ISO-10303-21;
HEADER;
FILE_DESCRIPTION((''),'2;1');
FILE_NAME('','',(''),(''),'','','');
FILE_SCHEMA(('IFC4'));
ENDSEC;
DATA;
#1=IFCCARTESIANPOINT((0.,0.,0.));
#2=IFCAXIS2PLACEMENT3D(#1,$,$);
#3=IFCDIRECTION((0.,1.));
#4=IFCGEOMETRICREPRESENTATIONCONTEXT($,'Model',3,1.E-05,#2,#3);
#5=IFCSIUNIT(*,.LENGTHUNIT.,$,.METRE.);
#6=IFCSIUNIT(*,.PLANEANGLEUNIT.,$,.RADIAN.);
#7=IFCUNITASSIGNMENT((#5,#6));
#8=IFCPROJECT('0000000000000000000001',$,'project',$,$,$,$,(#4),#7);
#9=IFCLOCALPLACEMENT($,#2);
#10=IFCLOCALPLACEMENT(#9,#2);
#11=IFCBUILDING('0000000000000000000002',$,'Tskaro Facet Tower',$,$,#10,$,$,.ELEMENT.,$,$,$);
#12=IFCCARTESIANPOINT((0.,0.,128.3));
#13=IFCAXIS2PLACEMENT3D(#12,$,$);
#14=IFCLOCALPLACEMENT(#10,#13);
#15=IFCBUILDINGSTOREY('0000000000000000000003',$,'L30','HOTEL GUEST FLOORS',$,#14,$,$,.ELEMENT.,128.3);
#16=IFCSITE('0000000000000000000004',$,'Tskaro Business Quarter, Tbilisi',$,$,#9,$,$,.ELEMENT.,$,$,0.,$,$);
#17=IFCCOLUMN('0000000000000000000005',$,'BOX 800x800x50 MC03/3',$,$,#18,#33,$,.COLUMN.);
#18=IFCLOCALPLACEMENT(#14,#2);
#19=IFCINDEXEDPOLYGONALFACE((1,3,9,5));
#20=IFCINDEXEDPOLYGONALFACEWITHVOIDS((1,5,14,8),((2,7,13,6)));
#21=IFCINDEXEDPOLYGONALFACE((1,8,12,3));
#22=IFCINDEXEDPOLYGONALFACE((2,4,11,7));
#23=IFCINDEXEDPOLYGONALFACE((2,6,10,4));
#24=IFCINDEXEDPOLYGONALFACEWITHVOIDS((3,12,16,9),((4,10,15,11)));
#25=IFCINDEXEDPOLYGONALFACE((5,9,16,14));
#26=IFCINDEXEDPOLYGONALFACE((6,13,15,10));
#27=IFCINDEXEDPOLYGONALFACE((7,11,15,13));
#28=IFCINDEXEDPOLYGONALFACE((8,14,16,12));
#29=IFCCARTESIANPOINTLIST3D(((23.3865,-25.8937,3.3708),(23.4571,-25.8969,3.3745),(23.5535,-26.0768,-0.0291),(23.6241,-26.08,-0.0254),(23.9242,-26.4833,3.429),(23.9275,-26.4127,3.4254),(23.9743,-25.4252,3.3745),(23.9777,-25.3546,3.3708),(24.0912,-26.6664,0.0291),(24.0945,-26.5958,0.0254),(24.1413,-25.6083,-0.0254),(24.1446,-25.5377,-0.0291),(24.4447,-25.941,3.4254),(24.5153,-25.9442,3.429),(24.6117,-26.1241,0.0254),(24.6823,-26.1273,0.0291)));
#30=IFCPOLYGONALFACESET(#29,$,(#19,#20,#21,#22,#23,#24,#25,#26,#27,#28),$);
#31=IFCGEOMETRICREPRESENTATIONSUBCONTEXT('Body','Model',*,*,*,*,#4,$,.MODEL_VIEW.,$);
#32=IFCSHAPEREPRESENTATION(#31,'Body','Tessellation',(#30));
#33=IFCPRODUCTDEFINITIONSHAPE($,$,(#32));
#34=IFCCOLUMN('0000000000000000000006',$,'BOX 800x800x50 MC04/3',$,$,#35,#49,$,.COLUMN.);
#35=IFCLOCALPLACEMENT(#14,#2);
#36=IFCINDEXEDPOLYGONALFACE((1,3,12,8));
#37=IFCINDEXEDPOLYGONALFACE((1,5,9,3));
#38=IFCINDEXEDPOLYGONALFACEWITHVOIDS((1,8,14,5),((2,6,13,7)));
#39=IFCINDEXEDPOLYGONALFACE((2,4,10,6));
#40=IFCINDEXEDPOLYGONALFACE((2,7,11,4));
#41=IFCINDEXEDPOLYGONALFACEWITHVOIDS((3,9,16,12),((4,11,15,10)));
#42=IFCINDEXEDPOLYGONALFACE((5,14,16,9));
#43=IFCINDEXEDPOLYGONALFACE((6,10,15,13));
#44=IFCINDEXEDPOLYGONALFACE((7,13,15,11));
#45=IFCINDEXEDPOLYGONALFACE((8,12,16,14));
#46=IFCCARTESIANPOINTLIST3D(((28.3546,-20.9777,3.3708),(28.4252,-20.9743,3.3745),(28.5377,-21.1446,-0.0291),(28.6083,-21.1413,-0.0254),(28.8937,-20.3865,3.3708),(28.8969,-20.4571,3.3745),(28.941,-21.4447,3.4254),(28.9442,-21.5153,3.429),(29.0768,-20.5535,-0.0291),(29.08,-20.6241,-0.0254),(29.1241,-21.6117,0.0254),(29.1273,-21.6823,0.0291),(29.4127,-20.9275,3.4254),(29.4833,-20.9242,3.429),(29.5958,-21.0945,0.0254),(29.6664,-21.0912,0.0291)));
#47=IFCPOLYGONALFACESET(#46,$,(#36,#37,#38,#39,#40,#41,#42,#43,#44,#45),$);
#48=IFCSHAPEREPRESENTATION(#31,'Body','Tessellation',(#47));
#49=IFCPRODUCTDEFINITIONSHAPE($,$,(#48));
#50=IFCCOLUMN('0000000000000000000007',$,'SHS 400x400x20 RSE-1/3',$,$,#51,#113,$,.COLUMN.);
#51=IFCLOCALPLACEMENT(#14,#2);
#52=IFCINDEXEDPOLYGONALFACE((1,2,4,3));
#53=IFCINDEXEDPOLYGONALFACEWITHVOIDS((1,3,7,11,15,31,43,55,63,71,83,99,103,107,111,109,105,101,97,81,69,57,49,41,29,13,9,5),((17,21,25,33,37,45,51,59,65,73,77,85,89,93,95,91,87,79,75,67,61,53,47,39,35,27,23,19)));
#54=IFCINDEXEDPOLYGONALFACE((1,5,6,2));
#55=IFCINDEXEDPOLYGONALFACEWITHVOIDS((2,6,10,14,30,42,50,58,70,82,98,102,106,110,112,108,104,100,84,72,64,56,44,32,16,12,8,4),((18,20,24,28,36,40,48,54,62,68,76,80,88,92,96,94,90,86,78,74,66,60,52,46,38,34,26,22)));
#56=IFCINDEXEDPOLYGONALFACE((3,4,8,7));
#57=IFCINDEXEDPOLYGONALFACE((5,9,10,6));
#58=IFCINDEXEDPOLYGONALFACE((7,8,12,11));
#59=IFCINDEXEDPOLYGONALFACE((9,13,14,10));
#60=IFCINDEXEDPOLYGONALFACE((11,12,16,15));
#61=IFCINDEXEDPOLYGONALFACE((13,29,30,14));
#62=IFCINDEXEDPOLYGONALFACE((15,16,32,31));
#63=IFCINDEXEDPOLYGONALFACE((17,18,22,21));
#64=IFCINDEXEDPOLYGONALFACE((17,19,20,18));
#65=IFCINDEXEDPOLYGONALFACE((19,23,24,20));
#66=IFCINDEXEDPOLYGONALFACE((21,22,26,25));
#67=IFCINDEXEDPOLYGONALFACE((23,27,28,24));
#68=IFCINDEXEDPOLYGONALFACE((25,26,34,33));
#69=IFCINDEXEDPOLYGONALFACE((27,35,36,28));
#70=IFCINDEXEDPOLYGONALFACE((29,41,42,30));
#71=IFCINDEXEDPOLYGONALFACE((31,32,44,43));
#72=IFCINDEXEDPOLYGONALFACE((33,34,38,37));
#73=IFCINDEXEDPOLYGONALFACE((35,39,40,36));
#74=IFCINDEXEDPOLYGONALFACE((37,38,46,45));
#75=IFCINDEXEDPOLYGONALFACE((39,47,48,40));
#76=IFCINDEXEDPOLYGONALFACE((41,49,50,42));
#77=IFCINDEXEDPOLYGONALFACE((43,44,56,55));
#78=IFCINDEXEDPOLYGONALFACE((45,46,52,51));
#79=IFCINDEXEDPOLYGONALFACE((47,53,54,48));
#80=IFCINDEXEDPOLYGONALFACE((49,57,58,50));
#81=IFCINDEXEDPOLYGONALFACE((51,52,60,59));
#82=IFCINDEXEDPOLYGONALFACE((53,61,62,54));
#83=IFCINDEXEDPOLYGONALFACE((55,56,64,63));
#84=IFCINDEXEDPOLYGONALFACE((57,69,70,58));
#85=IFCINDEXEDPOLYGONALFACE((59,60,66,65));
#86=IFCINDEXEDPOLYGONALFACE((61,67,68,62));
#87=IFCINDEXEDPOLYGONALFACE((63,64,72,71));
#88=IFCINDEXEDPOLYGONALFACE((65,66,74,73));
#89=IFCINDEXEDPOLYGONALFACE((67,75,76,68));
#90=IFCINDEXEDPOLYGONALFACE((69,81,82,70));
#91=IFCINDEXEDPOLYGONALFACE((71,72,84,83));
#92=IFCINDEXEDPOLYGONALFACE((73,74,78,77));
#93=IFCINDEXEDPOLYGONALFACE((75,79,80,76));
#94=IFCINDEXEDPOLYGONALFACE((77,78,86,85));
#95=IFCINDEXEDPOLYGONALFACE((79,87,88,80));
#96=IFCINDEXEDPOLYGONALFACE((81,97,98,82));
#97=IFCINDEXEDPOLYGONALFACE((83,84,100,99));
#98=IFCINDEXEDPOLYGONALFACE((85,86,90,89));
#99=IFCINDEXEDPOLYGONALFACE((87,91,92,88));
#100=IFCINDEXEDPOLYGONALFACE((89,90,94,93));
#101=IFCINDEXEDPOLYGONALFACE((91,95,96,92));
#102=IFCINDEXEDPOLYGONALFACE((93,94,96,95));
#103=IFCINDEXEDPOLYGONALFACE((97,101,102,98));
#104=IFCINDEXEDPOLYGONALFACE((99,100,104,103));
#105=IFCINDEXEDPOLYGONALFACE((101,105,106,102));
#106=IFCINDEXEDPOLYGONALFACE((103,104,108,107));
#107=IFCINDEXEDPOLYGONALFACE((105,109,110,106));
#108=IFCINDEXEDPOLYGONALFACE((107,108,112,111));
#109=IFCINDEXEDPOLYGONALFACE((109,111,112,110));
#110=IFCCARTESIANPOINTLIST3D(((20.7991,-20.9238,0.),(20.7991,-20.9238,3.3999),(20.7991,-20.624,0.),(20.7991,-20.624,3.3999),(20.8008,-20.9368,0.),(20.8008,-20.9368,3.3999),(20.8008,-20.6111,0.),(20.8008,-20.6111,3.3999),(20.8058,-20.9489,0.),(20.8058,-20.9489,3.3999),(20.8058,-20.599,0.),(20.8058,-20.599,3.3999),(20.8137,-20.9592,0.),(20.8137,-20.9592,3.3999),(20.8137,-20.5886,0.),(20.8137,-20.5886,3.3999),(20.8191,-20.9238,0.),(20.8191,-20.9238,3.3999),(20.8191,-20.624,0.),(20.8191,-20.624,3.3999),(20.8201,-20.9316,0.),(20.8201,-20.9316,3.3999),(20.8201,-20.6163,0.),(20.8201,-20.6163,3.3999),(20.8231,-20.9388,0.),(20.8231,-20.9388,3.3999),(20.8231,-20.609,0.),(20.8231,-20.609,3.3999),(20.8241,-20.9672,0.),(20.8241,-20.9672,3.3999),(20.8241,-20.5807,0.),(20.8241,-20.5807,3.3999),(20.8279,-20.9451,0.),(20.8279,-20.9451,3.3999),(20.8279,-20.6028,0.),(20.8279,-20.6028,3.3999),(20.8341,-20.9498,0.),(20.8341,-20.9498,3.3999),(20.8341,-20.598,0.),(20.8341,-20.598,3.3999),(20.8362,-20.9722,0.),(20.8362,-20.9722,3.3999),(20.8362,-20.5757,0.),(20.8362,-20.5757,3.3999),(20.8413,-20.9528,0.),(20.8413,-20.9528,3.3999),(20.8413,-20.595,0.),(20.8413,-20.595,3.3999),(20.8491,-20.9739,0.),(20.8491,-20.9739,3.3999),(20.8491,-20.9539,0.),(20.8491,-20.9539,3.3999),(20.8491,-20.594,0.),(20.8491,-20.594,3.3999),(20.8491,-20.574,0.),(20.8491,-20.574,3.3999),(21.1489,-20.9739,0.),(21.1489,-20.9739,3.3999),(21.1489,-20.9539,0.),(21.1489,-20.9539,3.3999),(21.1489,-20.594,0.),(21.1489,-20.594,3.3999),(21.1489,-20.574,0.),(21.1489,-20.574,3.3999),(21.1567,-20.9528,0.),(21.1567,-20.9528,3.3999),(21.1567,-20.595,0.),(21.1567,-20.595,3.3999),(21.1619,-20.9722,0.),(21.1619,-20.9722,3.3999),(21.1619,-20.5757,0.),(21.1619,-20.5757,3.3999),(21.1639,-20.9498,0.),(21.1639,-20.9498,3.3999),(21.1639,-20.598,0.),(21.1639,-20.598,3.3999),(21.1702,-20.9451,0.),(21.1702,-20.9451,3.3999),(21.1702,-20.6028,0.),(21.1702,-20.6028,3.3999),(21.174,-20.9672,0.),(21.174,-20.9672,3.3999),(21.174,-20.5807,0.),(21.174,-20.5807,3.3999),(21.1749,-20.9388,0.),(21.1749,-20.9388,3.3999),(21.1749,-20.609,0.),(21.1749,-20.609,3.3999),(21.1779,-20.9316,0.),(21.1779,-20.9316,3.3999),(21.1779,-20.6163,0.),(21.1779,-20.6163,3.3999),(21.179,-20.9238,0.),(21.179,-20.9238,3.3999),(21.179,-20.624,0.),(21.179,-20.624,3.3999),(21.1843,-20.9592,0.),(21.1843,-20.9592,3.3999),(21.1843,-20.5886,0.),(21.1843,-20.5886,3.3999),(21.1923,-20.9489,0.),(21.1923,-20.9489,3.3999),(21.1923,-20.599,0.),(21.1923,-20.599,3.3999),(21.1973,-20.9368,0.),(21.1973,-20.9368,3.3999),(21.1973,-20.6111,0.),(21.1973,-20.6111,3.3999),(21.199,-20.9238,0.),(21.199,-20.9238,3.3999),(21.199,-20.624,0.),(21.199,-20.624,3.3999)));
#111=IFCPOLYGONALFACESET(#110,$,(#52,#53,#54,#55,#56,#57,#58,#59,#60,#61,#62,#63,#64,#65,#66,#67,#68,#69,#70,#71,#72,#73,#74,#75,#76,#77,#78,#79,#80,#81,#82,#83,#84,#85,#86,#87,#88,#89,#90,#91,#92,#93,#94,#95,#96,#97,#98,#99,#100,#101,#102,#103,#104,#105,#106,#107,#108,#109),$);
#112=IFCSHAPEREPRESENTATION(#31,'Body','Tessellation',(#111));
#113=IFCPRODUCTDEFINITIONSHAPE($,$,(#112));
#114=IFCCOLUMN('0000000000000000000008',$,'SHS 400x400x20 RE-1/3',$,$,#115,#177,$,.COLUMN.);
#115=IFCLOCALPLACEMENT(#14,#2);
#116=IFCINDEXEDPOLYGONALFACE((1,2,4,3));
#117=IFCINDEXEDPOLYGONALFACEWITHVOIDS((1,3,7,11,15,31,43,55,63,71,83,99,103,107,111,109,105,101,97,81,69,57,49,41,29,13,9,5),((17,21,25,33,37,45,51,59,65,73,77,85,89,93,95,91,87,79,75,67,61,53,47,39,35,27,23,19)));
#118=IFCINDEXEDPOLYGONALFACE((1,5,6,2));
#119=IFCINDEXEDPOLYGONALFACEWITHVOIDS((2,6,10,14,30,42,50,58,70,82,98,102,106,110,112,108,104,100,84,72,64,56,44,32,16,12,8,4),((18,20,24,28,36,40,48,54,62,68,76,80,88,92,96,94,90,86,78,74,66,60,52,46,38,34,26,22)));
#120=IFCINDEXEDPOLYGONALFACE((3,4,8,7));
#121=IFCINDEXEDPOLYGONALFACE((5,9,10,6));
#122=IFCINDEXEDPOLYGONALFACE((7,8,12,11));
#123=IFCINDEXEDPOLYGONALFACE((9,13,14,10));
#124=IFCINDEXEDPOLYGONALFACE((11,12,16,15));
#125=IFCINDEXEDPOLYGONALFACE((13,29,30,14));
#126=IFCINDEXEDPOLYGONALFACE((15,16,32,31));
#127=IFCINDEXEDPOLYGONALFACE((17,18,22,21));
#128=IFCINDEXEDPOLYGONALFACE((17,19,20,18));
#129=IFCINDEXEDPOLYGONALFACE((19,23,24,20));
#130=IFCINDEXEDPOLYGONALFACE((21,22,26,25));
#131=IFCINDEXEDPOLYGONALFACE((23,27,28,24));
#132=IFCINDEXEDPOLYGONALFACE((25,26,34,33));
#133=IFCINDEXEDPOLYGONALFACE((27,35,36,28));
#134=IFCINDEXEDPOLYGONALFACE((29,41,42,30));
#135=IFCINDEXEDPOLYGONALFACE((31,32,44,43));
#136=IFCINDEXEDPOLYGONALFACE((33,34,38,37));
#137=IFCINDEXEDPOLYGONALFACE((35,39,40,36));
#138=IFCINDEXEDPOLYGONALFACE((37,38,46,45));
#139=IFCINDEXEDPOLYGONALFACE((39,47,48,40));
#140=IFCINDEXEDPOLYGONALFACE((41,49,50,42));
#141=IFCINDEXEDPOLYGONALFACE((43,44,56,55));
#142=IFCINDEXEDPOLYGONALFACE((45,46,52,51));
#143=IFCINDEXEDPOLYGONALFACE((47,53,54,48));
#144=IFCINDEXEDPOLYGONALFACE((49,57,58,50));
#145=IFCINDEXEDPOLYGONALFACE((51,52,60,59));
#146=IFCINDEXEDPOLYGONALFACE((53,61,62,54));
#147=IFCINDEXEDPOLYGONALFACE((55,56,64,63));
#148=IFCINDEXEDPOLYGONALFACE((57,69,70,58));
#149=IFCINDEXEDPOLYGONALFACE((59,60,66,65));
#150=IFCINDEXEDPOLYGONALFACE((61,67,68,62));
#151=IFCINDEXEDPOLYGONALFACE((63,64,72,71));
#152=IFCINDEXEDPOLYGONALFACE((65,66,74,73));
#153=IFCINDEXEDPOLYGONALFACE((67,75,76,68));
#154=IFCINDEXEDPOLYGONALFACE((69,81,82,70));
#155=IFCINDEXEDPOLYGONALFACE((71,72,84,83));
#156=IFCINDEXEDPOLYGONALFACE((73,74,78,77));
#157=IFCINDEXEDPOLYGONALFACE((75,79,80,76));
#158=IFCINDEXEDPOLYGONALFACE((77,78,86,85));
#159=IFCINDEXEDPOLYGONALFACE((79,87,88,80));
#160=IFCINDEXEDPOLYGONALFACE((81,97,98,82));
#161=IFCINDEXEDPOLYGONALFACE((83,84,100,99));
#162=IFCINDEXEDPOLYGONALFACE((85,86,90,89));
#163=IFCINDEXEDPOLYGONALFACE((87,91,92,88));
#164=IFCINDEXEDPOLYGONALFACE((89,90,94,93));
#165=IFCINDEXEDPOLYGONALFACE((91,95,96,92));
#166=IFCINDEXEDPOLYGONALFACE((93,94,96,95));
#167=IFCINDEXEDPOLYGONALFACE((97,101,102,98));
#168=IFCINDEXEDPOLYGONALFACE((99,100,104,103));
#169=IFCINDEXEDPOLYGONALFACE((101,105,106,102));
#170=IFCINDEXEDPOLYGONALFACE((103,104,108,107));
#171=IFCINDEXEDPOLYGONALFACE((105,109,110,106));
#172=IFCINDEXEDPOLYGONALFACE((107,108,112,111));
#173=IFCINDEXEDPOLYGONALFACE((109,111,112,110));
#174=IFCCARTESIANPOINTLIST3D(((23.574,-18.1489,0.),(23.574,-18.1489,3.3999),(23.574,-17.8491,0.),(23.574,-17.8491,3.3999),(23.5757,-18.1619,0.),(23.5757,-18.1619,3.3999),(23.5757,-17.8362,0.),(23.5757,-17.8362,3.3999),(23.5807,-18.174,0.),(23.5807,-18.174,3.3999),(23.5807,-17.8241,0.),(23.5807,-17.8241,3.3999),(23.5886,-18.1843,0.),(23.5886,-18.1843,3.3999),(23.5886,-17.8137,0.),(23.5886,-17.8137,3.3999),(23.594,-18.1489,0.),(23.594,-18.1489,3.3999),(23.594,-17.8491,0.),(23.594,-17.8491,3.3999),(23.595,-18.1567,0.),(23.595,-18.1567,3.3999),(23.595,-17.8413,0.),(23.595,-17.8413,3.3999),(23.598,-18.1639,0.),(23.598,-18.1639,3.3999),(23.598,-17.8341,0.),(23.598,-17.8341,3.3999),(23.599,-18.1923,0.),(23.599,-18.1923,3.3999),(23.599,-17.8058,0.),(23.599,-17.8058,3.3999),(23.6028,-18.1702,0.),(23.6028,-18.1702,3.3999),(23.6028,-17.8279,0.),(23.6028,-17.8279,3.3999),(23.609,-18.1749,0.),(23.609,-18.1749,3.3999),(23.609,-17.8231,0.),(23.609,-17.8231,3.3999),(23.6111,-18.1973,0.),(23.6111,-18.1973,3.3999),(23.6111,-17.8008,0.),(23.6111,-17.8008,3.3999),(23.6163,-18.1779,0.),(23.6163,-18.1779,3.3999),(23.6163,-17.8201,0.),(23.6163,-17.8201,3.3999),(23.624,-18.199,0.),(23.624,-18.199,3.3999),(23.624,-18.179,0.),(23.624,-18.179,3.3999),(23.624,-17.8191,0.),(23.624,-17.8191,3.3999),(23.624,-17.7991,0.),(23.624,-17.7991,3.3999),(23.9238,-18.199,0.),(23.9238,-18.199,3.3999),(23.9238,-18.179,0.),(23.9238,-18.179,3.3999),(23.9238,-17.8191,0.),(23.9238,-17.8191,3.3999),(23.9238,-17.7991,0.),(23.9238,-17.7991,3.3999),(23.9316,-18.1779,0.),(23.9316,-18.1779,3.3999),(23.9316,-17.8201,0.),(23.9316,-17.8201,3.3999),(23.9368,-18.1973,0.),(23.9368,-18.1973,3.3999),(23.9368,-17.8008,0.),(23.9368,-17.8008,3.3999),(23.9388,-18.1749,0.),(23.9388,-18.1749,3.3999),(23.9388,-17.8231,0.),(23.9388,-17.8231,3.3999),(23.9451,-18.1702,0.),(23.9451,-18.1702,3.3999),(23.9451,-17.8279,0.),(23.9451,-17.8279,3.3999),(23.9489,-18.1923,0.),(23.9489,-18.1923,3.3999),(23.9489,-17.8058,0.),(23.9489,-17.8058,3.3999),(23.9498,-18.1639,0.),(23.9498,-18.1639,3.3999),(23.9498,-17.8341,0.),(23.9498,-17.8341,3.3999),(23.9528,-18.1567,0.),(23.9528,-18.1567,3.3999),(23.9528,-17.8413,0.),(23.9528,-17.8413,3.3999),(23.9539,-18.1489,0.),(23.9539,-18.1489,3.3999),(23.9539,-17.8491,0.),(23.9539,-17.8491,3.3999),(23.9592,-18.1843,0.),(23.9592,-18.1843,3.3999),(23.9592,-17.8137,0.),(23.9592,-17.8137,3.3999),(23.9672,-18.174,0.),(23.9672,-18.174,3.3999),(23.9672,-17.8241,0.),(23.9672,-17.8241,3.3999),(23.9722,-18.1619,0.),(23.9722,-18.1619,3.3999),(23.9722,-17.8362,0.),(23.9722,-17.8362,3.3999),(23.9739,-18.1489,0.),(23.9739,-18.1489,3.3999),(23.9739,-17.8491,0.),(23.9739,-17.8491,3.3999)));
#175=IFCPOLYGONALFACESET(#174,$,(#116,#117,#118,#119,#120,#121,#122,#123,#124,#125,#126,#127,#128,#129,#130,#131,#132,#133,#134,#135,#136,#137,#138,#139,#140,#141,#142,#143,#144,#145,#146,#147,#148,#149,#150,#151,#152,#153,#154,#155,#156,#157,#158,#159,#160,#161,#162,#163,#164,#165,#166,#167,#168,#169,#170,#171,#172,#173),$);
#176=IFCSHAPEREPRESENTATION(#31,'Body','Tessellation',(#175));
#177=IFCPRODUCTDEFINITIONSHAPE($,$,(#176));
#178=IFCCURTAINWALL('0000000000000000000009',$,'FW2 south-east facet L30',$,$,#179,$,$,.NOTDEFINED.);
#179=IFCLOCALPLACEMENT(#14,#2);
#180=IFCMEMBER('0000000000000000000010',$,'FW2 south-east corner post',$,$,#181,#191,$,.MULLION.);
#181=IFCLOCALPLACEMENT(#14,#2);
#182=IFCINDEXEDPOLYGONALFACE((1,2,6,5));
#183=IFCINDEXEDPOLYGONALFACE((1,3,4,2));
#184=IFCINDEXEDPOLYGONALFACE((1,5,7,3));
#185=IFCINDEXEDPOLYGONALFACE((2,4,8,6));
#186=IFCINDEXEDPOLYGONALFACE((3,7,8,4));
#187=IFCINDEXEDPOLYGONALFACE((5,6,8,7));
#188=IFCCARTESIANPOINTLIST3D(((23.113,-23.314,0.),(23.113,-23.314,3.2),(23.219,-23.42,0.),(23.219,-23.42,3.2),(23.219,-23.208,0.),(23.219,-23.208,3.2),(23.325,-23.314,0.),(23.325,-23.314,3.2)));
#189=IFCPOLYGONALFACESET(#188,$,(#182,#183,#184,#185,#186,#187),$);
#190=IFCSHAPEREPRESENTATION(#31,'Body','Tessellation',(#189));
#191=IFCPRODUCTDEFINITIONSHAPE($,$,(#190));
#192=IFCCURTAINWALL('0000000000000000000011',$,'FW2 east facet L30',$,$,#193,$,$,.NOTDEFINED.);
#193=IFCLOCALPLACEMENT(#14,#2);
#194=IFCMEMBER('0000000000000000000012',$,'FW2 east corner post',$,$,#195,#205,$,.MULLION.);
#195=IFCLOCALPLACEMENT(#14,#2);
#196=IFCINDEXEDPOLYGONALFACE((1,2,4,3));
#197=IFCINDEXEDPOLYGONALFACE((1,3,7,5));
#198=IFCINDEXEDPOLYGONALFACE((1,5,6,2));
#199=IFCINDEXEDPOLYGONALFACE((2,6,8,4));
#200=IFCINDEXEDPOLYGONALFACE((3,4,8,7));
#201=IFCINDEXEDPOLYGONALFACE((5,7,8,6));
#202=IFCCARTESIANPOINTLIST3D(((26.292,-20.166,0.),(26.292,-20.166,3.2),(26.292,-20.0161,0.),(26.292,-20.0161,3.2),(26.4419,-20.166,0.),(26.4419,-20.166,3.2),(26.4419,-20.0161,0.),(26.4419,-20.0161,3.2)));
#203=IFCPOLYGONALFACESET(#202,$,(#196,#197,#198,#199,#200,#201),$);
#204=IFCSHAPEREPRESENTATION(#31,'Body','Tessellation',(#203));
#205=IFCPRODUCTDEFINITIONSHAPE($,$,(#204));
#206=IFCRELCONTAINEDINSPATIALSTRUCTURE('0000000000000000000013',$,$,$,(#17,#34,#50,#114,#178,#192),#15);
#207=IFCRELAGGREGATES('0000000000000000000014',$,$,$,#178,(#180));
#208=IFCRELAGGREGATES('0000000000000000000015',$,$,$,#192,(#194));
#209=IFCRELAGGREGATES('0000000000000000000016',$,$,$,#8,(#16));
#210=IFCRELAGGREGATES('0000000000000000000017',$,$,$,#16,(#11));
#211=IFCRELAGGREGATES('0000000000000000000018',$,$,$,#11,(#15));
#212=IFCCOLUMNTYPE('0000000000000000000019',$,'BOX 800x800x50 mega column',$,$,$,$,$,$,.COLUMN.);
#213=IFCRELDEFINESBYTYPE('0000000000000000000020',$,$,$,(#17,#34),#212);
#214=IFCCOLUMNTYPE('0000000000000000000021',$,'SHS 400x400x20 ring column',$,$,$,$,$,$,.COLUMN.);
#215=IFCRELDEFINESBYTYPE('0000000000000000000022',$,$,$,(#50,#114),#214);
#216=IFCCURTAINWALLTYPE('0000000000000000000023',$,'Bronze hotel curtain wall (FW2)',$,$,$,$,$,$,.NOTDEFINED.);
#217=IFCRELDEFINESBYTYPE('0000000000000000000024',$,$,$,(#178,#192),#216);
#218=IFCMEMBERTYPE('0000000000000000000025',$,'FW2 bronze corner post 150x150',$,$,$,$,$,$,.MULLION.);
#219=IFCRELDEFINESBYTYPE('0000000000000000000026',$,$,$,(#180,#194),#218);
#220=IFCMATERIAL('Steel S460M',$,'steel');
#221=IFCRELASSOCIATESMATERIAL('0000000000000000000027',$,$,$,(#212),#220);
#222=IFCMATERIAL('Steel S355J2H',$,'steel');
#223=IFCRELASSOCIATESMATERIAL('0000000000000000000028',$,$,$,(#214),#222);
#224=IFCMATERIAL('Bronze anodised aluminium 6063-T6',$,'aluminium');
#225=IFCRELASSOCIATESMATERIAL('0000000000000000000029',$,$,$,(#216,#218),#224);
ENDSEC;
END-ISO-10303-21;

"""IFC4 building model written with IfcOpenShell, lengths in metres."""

from ifc_helpers import new_model, si_unit, direction, frame, origin, origin_2d, place, context, subcontext, project, spatial, rectangle, hollow_rectangle, extrude, material, material_profile, profile_set, type_object, element, aggregate, save


model = new_model("IFC4")

# Units and contexts
model_context = context("Model", 3, precision=1e-05, world=origin(), true_north=direction((0.0, 1.0)))
body_context = subcontext(model_context, "Body", "Model", "MODEL_VIEW")
ifc_project = project(units=[si_unit("LENGTHUNIT", "METRE"), si_unit("PLANEANGLEUNIT", "RADIAN")], contexts=[model_context])

# Site, building, storey
site_placement = place(None, origin())
site = spatial("IfcSite", under=ifc_project, at=site_placement, Name="Tskaro Business Quarter, Tbilisi", CompositionType="ELEMENT", RefElevation=0.0)
building_placement = place(site_placement, origin())
building = spatial("IfcBuilding", under=site, at=building_placement, Name="Tskaro Facet Tower", CompositionType="ELEMENT")
storey_placement = place(building_placement, frame((0.0, 0.0, 128.3)))
storey = spatial("IfcBuildingStorey", under=building, at=storey_placement, Name="L30", Description="HOTEL GUEST FLOORS", CompositionType="ELEMENT", Elevation=128.3)

# Columns
ifc_material_1 = material(Name="Steel S460M", Category="steel")
ifc_material_profile_1 = material_profile(ifc_material_1, hollow_rectangle(XDim=0.8, YDim=0.8, WallThickness=0.05, at=origin_2d()), Name="BOX 800x800x50")
ifc_profile_set_1 = profile_set([ifc_material_profile_1], Name="Steel S460M")
column_type_1 = type_object("IfcColumnType", Name="BOX 800x800x50 mega column", PredefinedType="COLUMN", material=ifc_profile_set_1)
for number, where, z_axis, x_axis, name in (
    (1, (24.1179, -26.1021, 0.0), (-0.048987, 0.053714, 0.997354), (-0.738869, -0.673849, 0.0), "BOX 800x800x50 MC03/3"),
    (2, (29.1021, -21.1179, 0.0), (-0.053714, 0.048987, 0.997354), (-0.673849, -0.738869, 0.0), "BOX 800x800x50 MC04/3"),
):
    element("IfcColumn", number, at=place(storey_placement, frame(where, z_axis=z_axis, x_axis=x_axis)), inside=storey, type_object=column_type_1, Name=name, PredefinedType="COLUMN", context=body_context, shape_type="SweptSolid", body=[
        extrude(hollow_rectangle(XDim=0.8, YDim=0.8, WallThickness=0.05, at=origin_2d()), origin(), (0.0, 0.0, 1.0), 3.4089),
    ])
ifc_material_2 = material(Name="Steel S355J2H", Category="steel")
ifc_material_profile_2 = material_profile(ifc_material_2, hollow_rectangle(XDim=0.3999, YDim=0.3999, WallThickness=0.02, InnerFilletRadius=0.03, OuterFilletRadius=0.05, at=origin_2d()), Name="SHS 400x400x20")
ifc_profile_set_2 = profile_set([ifc_material_profile_2], Name="Steel S355J2H")
column_type_2 = type_object("IfcColumnType", Name="SHS 400x400x20 ring column", PredefinedType="COLUMN", material=ifc_profile_set_2)
for number, where, z_axis, x_axis, name in (
    (3, (20.999, -20.7739, 0.0), (0.0, 0.0, 1.0), (1.0, 0.0, 0.0), "SHS 400x400x20 RSE-1/3"),
    (4, (23.7739, -17.999, 0.0), (0.0, 0.0, 1.0), (1.0, 0.0, 0.0), "SHS 400x400x20 RE-1/3"),
):
    element("IfcColumn", number, at=place(storey_placement, frame(where, z_axis=z_axis, x_axis=x_axis)), inside=storey, type_object=column_type_2, Name=name, PredefinedType="COLUMN", context=body_context, shape_type="SweptSolid", body=[
        extrude(hollow_rectangle(XDim=0.3999, YDim=0.3999, WallThickness=0.02, InnerFilletRadius=0.03, OuterFilletRadius=0.05, at=origin_2d()), origin(), (0.0, 0.0, 1.0), 3.3999),
    ])

# Curtain wall, member
ifc_material_3 = material(Name="Bronze anodised aluminium 6063-T6", Category="aluminium")
curtain_wall_type = type_object("IfcCurtainWallType", Name="Bronze hotel curtain wall (FW2)", PredefinedType="NOTDEFINED", material=ifc_material_3)
curtain_wall_1_placement = place(storey_placement, origin())
curtain_wall_1 = element("IfcCurtainWall", 5, at=curtain_wall_1_placement, inside=storey, type_object=curtain_wall_type, Name="FW2 south-east facet L30", PredefinedType="NOTDEFINED")
ifc_material_profile_3 = material_profile(ifc_material_3, rectangle(XDim=0.1499, YDim=0.1499, at=origin_2d()), Name="Corner post 150x150")
ifc_profile_set_3 = profile_set([ifc_material_profile_3], Name="Bronze anodised aluminium 6063-T6")
member_type_1 = type_object("IfcMemberType", Name="FW2 bronze corner post 150x150", PredefinedType="MULLION", material=ifc_profile_set_3)
member_1_placement = place(storey_placement, frame((23.219, -23.314, 0.0), z_axis=(0.0, 0.0, 1.0), x_axis=(0.707107, 0.707107, 0.0)))
member_1 = element("IfcMember", 6, at=member_1_placement, type_object=member_type_1, Name="FW2 south-east corner post", PredefinedType="MULLION", context=body_context, shape_type="SweptSolid", body=[
    extrude(rectangle(XDim=0.1499, YDim=0.1499, at=origin_2d()), origin(), (0.0, 0.0, 1.0), 3.2),
])

# Curtain wall, member
curtain_wall_2_placement = place(storey_placement, origin())
curtain_wall_2 = element("IfcCurtainWall", 7, at=curtain_wall_2_placement, inside=storey, type_object=curtain_wall_type, Name="FW2 east facet L30", PredefinedType="NOTDEFINED")
member_2_placement = place(storey_placement, frame((26.3669, -20.0911, 0.0), z_axis=(0.0, 0.0, 1.0), x_axis=(0.0, 1.0, 0.0)))
member_2 = element("IfcMember", 8, at=member_2_placement, type_object=member_type_1, Name="FW2 east corner post", PredefinedType="MULLION", context=body_context, shape_type="SweptSolid", body=[
    extrude(rectangle(XDim=0.1499, YDim=0.1499, at=origin_2d()), origin(), (0.0, 0.0, 1.0), 3.2),
])

aggregate(curtain_wall_1, [member_1])
aggregate(curtain_wall_2, [member_2])

save(model, "model.ifc")
